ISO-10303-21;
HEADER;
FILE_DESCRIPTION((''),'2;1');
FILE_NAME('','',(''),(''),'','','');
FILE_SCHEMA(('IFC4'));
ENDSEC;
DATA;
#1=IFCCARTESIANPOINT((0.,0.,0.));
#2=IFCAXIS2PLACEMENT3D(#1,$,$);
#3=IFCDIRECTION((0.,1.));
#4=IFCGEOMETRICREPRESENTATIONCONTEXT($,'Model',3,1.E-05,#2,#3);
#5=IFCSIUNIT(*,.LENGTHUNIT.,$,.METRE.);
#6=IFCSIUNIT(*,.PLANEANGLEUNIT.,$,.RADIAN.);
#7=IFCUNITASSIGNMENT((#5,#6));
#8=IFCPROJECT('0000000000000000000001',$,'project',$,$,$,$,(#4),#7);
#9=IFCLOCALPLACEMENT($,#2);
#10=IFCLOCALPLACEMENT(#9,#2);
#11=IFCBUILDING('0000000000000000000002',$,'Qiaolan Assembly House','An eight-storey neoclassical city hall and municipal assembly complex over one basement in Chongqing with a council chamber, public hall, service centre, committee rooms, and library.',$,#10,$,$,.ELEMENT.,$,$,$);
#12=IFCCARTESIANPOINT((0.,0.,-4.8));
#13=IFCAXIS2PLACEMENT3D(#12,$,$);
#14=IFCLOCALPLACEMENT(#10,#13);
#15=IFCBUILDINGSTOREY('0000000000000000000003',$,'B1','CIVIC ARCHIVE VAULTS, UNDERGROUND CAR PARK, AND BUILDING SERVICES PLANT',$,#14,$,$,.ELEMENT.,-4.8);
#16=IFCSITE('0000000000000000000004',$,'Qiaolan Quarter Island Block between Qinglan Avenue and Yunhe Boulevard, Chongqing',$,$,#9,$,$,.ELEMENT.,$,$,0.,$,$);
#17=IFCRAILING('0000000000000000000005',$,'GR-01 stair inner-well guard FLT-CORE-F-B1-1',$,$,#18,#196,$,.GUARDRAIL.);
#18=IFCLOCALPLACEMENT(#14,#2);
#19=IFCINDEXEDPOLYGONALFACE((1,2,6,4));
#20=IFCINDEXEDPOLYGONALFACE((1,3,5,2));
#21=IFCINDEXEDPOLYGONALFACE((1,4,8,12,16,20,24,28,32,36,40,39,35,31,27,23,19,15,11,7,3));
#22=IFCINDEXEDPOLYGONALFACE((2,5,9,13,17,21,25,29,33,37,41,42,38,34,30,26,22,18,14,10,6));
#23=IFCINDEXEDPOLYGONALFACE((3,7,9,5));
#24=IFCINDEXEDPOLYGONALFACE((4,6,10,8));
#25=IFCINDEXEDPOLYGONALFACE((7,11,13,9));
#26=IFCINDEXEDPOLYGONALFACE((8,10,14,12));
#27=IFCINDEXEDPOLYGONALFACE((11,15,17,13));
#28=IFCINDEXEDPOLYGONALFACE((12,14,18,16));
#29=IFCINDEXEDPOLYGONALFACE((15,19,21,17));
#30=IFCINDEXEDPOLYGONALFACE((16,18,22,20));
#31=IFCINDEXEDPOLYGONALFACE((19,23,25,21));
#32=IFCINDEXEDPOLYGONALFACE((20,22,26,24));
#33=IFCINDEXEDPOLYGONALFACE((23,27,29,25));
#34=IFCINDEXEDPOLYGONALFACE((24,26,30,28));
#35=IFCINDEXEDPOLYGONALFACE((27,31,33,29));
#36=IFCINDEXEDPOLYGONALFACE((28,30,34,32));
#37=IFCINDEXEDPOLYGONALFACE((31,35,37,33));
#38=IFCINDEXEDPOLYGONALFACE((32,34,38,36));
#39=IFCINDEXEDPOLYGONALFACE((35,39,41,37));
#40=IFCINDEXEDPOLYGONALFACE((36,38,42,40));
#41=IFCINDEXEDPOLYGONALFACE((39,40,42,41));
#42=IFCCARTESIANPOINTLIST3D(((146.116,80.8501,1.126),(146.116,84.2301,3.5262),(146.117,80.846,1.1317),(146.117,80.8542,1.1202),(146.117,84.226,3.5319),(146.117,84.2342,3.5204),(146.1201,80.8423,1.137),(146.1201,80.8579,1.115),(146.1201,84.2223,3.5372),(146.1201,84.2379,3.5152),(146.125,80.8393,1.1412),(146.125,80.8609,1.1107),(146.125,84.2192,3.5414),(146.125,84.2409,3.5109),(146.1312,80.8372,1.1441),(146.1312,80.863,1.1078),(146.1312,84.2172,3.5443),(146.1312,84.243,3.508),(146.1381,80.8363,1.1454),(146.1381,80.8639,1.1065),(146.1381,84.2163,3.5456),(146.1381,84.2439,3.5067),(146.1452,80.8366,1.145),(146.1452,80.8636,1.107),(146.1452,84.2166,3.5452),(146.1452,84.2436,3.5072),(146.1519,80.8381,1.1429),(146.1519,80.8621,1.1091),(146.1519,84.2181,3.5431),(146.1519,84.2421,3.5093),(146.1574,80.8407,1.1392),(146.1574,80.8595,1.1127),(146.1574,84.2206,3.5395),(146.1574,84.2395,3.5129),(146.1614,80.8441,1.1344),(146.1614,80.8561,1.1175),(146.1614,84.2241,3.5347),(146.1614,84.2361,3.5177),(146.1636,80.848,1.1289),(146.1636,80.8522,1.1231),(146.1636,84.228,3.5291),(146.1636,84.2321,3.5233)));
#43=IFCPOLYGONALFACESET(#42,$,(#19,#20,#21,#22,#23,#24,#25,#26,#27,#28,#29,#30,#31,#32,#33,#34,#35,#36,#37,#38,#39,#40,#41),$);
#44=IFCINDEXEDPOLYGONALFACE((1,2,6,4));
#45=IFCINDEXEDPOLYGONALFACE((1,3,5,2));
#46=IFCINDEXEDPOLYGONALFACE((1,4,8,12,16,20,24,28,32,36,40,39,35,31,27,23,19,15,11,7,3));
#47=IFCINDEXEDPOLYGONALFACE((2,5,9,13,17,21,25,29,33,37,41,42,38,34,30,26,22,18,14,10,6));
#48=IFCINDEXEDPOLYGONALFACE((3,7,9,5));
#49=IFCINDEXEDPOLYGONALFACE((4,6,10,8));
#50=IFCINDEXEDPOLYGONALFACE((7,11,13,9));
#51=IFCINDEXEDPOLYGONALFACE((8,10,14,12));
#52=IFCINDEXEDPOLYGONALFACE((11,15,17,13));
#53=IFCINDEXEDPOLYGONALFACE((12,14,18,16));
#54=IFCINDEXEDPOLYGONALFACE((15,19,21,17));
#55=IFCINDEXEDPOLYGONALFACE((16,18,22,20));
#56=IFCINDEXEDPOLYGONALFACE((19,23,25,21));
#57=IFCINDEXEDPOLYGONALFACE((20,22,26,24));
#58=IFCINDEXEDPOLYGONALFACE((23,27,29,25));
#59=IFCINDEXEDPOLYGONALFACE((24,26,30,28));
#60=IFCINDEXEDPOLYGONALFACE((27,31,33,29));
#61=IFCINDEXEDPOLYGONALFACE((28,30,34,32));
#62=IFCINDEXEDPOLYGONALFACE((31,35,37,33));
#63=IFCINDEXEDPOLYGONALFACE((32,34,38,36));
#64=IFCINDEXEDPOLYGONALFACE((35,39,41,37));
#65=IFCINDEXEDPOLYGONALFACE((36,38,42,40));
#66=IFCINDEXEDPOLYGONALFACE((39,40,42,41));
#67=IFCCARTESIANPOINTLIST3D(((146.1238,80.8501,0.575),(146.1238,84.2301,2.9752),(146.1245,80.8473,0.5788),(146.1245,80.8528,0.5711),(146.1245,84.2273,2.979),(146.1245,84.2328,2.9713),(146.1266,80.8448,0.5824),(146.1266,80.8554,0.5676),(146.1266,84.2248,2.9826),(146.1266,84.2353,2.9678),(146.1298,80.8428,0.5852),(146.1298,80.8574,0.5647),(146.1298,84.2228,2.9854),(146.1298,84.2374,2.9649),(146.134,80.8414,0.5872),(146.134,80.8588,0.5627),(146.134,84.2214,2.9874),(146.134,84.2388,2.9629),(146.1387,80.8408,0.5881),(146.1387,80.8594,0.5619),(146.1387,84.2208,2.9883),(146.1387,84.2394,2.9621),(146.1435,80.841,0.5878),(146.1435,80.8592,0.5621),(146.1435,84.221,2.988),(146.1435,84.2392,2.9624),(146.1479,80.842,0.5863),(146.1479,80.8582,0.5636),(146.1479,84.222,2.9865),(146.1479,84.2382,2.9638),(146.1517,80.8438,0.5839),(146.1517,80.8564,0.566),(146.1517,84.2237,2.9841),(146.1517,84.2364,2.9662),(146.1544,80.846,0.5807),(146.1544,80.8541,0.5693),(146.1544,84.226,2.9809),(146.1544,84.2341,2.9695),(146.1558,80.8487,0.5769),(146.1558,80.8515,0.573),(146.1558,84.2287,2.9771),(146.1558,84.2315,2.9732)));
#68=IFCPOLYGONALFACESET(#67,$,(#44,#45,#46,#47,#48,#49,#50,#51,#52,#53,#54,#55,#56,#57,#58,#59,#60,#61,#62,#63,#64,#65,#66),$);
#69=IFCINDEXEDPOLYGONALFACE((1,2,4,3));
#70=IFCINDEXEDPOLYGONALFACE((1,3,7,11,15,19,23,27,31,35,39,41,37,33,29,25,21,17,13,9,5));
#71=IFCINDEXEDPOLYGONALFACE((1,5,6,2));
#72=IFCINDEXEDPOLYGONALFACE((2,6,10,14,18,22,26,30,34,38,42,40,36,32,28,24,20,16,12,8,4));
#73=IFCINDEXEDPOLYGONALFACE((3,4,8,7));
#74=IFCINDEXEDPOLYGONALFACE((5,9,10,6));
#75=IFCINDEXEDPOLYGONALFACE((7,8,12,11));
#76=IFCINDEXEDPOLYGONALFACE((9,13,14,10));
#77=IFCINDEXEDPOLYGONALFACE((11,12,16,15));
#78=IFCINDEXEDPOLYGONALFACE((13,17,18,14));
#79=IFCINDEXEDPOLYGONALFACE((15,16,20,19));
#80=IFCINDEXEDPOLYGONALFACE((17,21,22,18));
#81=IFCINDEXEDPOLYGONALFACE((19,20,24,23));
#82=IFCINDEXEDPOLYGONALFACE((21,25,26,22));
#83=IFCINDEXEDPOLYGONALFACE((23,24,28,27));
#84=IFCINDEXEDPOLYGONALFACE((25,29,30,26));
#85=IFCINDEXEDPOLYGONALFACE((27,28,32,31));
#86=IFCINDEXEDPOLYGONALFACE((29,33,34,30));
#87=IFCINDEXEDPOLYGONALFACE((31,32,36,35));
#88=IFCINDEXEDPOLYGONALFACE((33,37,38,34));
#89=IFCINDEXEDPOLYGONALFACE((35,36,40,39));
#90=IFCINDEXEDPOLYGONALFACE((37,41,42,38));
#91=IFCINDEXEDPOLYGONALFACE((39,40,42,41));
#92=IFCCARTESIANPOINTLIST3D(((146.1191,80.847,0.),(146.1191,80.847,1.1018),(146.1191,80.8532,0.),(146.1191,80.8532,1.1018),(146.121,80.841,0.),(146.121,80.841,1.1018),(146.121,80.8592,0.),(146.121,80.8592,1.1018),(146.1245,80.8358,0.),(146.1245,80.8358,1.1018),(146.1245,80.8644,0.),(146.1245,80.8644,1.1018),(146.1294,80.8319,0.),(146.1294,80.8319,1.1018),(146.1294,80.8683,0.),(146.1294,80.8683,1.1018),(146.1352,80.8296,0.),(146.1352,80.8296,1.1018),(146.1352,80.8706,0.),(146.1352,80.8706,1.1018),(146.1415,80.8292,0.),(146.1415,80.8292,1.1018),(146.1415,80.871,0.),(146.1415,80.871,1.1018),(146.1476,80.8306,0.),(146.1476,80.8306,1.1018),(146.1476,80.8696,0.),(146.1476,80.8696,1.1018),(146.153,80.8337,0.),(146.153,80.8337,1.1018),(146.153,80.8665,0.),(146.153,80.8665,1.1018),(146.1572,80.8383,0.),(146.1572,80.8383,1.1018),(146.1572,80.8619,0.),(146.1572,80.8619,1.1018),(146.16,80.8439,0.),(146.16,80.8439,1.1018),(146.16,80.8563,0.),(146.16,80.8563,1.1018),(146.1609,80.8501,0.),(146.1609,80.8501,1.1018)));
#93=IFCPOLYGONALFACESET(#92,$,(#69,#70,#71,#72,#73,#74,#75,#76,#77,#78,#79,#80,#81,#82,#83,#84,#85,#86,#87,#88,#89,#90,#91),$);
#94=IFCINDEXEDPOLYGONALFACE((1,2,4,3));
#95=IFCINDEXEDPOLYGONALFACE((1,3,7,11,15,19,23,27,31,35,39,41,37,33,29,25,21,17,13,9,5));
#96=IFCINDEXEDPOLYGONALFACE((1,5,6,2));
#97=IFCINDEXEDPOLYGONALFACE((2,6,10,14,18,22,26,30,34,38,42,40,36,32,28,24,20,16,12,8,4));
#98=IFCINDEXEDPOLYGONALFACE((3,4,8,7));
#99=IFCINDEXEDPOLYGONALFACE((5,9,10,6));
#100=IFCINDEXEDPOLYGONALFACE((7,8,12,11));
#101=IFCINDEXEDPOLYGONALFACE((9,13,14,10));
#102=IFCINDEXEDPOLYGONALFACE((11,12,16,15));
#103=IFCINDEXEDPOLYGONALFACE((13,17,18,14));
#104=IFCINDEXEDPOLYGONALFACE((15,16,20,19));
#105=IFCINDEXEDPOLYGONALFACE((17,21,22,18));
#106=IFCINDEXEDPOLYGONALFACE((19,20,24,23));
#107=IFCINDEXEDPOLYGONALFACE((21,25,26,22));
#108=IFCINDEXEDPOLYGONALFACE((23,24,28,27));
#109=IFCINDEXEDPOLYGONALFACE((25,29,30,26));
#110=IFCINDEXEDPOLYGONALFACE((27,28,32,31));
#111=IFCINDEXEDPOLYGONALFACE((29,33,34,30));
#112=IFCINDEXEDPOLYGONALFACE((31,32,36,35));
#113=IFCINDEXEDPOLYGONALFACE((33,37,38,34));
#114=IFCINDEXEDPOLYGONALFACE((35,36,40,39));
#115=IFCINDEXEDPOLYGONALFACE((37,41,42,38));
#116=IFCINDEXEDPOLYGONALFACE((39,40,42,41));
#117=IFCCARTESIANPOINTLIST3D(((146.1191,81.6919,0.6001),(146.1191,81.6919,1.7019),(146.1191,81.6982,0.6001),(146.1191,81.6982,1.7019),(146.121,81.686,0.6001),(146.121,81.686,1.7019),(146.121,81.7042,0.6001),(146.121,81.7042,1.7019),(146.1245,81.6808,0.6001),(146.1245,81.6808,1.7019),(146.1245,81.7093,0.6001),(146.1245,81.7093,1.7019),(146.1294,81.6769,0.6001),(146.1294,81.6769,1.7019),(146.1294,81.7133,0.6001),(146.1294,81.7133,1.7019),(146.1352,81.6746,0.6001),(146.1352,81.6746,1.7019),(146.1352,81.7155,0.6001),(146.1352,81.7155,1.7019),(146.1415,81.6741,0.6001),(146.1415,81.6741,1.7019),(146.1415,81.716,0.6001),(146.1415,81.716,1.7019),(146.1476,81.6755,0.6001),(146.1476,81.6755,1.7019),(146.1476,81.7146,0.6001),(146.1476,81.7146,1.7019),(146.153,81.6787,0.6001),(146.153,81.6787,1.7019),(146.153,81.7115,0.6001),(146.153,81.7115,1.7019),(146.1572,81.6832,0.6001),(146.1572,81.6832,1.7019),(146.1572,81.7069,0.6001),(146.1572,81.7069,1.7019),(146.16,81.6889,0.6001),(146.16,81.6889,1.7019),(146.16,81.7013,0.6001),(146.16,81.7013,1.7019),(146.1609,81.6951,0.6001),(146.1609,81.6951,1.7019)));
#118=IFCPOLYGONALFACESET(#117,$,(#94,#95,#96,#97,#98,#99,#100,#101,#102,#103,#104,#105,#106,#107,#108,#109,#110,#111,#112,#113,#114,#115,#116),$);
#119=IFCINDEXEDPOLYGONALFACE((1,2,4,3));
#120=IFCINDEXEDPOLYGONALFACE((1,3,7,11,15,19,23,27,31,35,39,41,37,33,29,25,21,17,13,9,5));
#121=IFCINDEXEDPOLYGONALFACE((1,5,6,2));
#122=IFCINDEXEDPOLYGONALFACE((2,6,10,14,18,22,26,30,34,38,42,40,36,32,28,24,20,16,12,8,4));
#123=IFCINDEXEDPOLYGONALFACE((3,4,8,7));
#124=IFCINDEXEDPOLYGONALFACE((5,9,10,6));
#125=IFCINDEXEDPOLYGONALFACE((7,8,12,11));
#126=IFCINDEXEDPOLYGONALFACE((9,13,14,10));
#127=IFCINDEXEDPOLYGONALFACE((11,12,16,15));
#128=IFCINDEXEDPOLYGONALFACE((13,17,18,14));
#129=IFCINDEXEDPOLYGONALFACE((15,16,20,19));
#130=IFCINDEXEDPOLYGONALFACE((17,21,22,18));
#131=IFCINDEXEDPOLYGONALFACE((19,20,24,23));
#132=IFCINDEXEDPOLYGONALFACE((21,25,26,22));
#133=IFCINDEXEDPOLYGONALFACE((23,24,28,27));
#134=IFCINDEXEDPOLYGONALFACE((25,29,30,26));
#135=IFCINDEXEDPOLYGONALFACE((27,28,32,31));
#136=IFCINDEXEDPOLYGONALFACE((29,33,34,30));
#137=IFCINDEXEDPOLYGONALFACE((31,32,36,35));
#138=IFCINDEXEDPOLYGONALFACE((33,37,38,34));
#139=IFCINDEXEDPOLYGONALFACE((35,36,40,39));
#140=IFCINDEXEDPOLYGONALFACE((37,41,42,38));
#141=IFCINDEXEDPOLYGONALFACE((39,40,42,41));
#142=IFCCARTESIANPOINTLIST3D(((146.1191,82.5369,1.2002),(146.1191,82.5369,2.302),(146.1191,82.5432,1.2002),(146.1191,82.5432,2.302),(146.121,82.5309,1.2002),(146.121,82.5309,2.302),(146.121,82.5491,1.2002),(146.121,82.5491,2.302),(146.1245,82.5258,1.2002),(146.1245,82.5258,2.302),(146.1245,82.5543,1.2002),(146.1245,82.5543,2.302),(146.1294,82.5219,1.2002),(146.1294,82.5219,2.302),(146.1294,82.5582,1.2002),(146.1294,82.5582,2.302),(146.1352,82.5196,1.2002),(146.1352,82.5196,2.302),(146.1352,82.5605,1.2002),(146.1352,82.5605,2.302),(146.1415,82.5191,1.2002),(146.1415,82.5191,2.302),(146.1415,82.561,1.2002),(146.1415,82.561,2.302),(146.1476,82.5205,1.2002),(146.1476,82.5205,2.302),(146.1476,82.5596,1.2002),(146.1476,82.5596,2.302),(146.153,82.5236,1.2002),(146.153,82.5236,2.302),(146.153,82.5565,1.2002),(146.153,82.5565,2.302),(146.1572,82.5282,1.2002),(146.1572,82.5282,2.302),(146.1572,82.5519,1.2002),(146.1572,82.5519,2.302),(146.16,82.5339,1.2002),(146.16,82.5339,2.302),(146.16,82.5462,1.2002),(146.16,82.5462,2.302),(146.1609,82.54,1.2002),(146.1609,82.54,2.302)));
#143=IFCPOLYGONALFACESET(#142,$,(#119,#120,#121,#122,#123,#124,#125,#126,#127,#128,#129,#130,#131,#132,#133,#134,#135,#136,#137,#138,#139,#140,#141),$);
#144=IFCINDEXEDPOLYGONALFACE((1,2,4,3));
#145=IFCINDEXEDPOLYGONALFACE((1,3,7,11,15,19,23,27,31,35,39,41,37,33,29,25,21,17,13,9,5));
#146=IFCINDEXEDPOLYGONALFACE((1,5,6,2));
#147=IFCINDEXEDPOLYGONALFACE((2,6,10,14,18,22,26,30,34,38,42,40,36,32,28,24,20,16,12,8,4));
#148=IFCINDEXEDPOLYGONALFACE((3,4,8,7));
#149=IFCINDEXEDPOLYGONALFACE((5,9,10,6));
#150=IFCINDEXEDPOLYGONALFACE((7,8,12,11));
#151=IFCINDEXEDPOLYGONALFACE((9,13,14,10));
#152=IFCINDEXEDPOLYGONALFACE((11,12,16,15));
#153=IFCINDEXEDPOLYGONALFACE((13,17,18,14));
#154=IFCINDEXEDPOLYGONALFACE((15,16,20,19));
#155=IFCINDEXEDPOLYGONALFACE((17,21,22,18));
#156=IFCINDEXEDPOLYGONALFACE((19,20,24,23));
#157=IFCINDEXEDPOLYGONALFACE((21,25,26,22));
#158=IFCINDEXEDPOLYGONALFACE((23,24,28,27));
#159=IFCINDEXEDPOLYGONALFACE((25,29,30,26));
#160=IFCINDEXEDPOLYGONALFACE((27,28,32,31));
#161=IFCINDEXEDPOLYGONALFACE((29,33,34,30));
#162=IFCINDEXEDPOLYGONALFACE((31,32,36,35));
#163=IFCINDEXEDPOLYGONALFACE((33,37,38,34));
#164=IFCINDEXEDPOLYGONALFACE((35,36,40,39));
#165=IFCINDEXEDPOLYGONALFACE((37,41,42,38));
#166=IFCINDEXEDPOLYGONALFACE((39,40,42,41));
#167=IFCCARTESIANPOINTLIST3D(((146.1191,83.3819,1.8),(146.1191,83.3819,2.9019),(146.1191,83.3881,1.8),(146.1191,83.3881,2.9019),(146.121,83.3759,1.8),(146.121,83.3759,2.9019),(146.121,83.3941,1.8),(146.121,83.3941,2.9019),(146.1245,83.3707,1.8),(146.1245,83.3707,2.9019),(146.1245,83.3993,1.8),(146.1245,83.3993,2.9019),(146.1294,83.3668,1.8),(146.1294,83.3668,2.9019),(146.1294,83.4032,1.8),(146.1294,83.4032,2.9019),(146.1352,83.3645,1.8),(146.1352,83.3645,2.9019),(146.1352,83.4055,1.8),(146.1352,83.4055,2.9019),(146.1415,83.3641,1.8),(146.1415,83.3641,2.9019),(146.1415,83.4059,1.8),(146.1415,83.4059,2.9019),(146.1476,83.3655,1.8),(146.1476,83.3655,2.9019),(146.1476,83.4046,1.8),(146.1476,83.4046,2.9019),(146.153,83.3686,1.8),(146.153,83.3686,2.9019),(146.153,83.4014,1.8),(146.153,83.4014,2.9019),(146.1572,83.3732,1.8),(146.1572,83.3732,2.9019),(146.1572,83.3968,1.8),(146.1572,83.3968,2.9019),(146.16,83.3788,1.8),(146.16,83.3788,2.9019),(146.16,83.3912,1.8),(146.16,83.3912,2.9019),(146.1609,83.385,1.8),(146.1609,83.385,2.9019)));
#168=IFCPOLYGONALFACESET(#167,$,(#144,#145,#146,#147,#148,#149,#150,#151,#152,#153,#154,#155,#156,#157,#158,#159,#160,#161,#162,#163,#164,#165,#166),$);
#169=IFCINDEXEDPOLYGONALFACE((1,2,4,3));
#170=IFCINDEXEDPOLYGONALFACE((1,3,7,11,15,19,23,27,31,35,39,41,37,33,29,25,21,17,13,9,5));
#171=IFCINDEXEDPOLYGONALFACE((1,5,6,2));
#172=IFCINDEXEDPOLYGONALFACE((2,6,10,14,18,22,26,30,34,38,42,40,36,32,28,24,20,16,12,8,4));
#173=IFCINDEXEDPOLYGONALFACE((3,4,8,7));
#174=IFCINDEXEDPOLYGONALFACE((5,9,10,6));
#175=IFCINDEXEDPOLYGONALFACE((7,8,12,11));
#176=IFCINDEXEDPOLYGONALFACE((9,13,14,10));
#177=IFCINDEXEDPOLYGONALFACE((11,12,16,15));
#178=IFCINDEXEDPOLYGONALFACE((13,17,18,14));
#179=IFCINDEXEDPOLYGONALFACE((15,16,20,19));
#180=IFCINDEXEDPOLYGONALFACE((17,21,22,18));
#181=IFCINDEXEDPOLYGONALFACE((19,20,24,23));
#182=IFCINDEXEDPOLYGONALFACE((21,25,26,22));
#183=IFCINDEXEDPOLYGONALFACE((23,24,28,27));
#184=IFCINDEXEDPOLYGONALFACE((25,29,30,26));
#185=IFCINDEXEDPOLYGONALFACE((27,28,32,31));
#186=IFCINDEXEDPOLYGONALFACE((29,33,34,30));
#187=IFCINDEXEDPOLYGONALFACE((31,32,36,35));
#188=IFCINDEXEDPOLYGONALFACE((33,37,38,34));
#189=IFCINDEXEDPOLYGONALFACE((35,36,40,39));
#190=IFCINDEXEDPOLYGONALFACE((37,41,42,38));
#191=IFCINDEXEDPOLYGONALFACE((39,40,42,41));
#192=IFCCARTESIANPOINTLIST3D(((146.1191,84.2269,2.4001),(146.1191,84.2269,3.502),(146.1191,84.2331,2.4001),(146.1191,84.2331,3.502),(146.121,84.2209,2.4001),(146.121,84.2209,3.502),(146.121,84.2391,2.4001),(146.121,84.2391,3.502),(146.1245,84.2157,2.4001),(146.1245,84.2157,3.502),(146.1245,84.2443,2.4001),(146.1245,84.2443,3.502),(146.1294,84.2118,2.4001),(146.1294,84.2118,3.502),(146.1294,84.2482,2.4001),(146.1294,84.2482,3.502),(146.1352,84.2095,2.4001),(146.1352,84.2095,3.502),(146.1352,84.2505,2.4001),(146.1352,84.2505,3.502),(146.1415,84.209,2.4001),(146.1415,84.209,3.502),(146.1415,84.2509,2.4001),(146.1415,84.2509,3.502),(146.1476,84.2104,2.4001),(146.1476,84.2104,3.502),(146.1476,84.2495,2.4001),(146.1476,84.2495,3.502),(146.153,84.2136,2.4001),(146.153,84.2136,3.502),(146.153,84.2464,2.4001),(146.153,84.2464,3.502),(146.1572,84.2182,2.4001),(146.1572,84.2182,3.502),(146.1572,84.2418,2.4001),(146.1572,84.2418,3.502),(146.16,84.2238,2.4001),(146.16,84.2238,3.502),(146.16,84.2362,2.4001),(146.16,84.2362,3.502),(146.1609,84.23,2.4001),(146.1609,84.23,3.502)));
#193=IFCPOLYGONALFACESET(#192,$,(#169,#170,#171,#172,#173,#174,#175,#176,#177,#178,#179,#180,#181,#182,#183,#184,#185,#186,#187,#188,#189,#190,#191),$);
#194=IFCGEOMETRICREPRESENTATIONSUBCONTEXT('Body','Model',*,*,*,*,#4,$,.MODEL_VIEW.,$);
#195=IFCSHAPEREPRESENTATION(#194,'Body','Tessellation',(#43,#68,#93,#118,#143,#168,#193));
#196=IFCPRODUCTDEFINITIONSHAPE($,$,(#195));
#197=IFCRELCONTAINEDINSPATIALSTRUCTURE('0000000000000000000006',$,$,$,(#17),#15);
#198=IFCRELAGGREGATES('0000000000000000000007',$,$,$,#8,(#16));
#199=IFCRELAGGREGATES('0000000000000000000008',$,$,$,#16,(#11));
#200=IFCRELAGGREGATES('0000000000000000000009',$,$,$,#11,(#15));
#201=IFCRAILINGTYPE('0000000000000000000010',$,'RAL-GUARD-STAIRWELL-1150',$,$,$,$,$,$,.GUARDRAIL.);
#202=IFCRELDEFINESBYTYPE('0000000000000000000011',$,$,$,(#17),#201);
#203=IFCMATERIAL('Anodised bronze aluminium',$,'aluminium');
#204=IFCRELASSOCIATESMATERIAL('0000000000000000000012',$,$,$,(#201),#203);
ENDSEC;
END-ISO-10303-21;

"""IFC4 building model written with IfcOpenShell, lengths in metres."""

from ifc_helpers import new_model, si_unit, direction, frame, origin, origin_2d, place, context, subcontext, project, spatial, circle, extrude, material, type_object, element, save


model = new_model("IFC4")

# Units and contexts
model_context = context("Model", 3, precision=1e-05, world=origin(), true_north=direction((0.0, 1.0)))
body_context = subcontext(model_context, "Body", "Model", "MODEL_VIEW")
ifc_project = project(units=[si_unit("LENGTHUNIT", "METRE"), si_unit("PLANEANGLEUNIT", "RADIAN")], contexts=[model_context])

# Site, building, storey
site_placement = place(None, origin())
site = spatial("IfcSite", under=ifc_project, at=site_placement, Name="Qiaolan Quarter Island Block between Qinglan Avenue and Yunhe Boulevard, Chongqing", CompositionType="ELEMENT", RefElevation=0.0)
building_placement = place(site_placement, origin())
building = spatial("IfcBuilding", under=site, at=building_placement, Name="Qiaolan Assembly House", Description="An eight-storey neoclassical city hall and municipal assembly complex over one basement in Chongqing with a council chamber, public hall, service centre, committee rooms, and library.", CompositionType="ELEMENT")
storey_placement = place(building_placement, frame((0.0, 0.0, -4.8)))
storey = spatial("IfcBuildingStorey", under=building, at=storey_placement, Name="B1", Description="CIVIC ARCHIVE VAULTS, UNDERGROUND CAR PARK, AND BUILDING SERVICES PLANT", CompositionType="ELEMENT", Elevation=-4.8)

# Railing
ifc_material_1 = material(Name="Anodised bronze aluminium", Category="aluminium")
railing_type_1 = type_object("IfcRailingType", Name="RAL-GUARD-STAIRWELL-1150", PredefinedType="GUARDRAIL", material=ifc_material_1)
railing_1_placement = place(storey_placement, frame((146.1399, 80.8501, 0.0)))
element("IfcRailing", 1, at=railing_1_placement, inside=storey, type_object=railing_type_1, Name="GR-01 stair inner-well guard FLT-CORE-F-B1-1", PredefinedType="GUARDRAIL", context=body_context, shape_type="SweptSolid", body=[
    extrude(circle(Radius=0.0239, at=origin_2d()), frame((0.0, 0.0, 1.126), z_axis=(0.0, 0.815334, 0.578991), x_axis=(-1.0, 0.0, 0.0)), (0.0, 0.0, 1.0), 4.1455),
    extrude(circle(Radius=0.0161, at=origin_2d()), frame((0.0, 0.0, 0.575), z_axis=(0.0, 0.815334, 0.578991), x_axis=(-1.0, 0.0, 0.0)), (0.0, 0.0, 1.0), 4.1455),
    extrude(circle(Radius=0.021, at=origin_2d()), origin(), (0.0, 0.0, 1.0), 1.1018),
    extrude(circle(Radius=0.021, at=origin_2d()), frame((0.0, 0.845, 0.6001)), (0.0, 0.0, 1.0), 1.1018),
    extrude(circle(Radius=0.021, at=origin_2d()), frame((0.0, 1.6899, 1.2002)), (0.0, 0.0, 1.0), 1.1018),
    extrude(circle(Radius=0.021, at=origin_2d()), frame((0.0, 2.5349, 1.8)), (0.0, 0.0, 1.0), 1.1018),
    extrude(circle(Radius=0.021, at=origin_2d()), frame((0.0, 3.3799, 2.4001)), (0.0, 0.0, 1.0), 1.1018),
])

save(model, "model.ifc")
